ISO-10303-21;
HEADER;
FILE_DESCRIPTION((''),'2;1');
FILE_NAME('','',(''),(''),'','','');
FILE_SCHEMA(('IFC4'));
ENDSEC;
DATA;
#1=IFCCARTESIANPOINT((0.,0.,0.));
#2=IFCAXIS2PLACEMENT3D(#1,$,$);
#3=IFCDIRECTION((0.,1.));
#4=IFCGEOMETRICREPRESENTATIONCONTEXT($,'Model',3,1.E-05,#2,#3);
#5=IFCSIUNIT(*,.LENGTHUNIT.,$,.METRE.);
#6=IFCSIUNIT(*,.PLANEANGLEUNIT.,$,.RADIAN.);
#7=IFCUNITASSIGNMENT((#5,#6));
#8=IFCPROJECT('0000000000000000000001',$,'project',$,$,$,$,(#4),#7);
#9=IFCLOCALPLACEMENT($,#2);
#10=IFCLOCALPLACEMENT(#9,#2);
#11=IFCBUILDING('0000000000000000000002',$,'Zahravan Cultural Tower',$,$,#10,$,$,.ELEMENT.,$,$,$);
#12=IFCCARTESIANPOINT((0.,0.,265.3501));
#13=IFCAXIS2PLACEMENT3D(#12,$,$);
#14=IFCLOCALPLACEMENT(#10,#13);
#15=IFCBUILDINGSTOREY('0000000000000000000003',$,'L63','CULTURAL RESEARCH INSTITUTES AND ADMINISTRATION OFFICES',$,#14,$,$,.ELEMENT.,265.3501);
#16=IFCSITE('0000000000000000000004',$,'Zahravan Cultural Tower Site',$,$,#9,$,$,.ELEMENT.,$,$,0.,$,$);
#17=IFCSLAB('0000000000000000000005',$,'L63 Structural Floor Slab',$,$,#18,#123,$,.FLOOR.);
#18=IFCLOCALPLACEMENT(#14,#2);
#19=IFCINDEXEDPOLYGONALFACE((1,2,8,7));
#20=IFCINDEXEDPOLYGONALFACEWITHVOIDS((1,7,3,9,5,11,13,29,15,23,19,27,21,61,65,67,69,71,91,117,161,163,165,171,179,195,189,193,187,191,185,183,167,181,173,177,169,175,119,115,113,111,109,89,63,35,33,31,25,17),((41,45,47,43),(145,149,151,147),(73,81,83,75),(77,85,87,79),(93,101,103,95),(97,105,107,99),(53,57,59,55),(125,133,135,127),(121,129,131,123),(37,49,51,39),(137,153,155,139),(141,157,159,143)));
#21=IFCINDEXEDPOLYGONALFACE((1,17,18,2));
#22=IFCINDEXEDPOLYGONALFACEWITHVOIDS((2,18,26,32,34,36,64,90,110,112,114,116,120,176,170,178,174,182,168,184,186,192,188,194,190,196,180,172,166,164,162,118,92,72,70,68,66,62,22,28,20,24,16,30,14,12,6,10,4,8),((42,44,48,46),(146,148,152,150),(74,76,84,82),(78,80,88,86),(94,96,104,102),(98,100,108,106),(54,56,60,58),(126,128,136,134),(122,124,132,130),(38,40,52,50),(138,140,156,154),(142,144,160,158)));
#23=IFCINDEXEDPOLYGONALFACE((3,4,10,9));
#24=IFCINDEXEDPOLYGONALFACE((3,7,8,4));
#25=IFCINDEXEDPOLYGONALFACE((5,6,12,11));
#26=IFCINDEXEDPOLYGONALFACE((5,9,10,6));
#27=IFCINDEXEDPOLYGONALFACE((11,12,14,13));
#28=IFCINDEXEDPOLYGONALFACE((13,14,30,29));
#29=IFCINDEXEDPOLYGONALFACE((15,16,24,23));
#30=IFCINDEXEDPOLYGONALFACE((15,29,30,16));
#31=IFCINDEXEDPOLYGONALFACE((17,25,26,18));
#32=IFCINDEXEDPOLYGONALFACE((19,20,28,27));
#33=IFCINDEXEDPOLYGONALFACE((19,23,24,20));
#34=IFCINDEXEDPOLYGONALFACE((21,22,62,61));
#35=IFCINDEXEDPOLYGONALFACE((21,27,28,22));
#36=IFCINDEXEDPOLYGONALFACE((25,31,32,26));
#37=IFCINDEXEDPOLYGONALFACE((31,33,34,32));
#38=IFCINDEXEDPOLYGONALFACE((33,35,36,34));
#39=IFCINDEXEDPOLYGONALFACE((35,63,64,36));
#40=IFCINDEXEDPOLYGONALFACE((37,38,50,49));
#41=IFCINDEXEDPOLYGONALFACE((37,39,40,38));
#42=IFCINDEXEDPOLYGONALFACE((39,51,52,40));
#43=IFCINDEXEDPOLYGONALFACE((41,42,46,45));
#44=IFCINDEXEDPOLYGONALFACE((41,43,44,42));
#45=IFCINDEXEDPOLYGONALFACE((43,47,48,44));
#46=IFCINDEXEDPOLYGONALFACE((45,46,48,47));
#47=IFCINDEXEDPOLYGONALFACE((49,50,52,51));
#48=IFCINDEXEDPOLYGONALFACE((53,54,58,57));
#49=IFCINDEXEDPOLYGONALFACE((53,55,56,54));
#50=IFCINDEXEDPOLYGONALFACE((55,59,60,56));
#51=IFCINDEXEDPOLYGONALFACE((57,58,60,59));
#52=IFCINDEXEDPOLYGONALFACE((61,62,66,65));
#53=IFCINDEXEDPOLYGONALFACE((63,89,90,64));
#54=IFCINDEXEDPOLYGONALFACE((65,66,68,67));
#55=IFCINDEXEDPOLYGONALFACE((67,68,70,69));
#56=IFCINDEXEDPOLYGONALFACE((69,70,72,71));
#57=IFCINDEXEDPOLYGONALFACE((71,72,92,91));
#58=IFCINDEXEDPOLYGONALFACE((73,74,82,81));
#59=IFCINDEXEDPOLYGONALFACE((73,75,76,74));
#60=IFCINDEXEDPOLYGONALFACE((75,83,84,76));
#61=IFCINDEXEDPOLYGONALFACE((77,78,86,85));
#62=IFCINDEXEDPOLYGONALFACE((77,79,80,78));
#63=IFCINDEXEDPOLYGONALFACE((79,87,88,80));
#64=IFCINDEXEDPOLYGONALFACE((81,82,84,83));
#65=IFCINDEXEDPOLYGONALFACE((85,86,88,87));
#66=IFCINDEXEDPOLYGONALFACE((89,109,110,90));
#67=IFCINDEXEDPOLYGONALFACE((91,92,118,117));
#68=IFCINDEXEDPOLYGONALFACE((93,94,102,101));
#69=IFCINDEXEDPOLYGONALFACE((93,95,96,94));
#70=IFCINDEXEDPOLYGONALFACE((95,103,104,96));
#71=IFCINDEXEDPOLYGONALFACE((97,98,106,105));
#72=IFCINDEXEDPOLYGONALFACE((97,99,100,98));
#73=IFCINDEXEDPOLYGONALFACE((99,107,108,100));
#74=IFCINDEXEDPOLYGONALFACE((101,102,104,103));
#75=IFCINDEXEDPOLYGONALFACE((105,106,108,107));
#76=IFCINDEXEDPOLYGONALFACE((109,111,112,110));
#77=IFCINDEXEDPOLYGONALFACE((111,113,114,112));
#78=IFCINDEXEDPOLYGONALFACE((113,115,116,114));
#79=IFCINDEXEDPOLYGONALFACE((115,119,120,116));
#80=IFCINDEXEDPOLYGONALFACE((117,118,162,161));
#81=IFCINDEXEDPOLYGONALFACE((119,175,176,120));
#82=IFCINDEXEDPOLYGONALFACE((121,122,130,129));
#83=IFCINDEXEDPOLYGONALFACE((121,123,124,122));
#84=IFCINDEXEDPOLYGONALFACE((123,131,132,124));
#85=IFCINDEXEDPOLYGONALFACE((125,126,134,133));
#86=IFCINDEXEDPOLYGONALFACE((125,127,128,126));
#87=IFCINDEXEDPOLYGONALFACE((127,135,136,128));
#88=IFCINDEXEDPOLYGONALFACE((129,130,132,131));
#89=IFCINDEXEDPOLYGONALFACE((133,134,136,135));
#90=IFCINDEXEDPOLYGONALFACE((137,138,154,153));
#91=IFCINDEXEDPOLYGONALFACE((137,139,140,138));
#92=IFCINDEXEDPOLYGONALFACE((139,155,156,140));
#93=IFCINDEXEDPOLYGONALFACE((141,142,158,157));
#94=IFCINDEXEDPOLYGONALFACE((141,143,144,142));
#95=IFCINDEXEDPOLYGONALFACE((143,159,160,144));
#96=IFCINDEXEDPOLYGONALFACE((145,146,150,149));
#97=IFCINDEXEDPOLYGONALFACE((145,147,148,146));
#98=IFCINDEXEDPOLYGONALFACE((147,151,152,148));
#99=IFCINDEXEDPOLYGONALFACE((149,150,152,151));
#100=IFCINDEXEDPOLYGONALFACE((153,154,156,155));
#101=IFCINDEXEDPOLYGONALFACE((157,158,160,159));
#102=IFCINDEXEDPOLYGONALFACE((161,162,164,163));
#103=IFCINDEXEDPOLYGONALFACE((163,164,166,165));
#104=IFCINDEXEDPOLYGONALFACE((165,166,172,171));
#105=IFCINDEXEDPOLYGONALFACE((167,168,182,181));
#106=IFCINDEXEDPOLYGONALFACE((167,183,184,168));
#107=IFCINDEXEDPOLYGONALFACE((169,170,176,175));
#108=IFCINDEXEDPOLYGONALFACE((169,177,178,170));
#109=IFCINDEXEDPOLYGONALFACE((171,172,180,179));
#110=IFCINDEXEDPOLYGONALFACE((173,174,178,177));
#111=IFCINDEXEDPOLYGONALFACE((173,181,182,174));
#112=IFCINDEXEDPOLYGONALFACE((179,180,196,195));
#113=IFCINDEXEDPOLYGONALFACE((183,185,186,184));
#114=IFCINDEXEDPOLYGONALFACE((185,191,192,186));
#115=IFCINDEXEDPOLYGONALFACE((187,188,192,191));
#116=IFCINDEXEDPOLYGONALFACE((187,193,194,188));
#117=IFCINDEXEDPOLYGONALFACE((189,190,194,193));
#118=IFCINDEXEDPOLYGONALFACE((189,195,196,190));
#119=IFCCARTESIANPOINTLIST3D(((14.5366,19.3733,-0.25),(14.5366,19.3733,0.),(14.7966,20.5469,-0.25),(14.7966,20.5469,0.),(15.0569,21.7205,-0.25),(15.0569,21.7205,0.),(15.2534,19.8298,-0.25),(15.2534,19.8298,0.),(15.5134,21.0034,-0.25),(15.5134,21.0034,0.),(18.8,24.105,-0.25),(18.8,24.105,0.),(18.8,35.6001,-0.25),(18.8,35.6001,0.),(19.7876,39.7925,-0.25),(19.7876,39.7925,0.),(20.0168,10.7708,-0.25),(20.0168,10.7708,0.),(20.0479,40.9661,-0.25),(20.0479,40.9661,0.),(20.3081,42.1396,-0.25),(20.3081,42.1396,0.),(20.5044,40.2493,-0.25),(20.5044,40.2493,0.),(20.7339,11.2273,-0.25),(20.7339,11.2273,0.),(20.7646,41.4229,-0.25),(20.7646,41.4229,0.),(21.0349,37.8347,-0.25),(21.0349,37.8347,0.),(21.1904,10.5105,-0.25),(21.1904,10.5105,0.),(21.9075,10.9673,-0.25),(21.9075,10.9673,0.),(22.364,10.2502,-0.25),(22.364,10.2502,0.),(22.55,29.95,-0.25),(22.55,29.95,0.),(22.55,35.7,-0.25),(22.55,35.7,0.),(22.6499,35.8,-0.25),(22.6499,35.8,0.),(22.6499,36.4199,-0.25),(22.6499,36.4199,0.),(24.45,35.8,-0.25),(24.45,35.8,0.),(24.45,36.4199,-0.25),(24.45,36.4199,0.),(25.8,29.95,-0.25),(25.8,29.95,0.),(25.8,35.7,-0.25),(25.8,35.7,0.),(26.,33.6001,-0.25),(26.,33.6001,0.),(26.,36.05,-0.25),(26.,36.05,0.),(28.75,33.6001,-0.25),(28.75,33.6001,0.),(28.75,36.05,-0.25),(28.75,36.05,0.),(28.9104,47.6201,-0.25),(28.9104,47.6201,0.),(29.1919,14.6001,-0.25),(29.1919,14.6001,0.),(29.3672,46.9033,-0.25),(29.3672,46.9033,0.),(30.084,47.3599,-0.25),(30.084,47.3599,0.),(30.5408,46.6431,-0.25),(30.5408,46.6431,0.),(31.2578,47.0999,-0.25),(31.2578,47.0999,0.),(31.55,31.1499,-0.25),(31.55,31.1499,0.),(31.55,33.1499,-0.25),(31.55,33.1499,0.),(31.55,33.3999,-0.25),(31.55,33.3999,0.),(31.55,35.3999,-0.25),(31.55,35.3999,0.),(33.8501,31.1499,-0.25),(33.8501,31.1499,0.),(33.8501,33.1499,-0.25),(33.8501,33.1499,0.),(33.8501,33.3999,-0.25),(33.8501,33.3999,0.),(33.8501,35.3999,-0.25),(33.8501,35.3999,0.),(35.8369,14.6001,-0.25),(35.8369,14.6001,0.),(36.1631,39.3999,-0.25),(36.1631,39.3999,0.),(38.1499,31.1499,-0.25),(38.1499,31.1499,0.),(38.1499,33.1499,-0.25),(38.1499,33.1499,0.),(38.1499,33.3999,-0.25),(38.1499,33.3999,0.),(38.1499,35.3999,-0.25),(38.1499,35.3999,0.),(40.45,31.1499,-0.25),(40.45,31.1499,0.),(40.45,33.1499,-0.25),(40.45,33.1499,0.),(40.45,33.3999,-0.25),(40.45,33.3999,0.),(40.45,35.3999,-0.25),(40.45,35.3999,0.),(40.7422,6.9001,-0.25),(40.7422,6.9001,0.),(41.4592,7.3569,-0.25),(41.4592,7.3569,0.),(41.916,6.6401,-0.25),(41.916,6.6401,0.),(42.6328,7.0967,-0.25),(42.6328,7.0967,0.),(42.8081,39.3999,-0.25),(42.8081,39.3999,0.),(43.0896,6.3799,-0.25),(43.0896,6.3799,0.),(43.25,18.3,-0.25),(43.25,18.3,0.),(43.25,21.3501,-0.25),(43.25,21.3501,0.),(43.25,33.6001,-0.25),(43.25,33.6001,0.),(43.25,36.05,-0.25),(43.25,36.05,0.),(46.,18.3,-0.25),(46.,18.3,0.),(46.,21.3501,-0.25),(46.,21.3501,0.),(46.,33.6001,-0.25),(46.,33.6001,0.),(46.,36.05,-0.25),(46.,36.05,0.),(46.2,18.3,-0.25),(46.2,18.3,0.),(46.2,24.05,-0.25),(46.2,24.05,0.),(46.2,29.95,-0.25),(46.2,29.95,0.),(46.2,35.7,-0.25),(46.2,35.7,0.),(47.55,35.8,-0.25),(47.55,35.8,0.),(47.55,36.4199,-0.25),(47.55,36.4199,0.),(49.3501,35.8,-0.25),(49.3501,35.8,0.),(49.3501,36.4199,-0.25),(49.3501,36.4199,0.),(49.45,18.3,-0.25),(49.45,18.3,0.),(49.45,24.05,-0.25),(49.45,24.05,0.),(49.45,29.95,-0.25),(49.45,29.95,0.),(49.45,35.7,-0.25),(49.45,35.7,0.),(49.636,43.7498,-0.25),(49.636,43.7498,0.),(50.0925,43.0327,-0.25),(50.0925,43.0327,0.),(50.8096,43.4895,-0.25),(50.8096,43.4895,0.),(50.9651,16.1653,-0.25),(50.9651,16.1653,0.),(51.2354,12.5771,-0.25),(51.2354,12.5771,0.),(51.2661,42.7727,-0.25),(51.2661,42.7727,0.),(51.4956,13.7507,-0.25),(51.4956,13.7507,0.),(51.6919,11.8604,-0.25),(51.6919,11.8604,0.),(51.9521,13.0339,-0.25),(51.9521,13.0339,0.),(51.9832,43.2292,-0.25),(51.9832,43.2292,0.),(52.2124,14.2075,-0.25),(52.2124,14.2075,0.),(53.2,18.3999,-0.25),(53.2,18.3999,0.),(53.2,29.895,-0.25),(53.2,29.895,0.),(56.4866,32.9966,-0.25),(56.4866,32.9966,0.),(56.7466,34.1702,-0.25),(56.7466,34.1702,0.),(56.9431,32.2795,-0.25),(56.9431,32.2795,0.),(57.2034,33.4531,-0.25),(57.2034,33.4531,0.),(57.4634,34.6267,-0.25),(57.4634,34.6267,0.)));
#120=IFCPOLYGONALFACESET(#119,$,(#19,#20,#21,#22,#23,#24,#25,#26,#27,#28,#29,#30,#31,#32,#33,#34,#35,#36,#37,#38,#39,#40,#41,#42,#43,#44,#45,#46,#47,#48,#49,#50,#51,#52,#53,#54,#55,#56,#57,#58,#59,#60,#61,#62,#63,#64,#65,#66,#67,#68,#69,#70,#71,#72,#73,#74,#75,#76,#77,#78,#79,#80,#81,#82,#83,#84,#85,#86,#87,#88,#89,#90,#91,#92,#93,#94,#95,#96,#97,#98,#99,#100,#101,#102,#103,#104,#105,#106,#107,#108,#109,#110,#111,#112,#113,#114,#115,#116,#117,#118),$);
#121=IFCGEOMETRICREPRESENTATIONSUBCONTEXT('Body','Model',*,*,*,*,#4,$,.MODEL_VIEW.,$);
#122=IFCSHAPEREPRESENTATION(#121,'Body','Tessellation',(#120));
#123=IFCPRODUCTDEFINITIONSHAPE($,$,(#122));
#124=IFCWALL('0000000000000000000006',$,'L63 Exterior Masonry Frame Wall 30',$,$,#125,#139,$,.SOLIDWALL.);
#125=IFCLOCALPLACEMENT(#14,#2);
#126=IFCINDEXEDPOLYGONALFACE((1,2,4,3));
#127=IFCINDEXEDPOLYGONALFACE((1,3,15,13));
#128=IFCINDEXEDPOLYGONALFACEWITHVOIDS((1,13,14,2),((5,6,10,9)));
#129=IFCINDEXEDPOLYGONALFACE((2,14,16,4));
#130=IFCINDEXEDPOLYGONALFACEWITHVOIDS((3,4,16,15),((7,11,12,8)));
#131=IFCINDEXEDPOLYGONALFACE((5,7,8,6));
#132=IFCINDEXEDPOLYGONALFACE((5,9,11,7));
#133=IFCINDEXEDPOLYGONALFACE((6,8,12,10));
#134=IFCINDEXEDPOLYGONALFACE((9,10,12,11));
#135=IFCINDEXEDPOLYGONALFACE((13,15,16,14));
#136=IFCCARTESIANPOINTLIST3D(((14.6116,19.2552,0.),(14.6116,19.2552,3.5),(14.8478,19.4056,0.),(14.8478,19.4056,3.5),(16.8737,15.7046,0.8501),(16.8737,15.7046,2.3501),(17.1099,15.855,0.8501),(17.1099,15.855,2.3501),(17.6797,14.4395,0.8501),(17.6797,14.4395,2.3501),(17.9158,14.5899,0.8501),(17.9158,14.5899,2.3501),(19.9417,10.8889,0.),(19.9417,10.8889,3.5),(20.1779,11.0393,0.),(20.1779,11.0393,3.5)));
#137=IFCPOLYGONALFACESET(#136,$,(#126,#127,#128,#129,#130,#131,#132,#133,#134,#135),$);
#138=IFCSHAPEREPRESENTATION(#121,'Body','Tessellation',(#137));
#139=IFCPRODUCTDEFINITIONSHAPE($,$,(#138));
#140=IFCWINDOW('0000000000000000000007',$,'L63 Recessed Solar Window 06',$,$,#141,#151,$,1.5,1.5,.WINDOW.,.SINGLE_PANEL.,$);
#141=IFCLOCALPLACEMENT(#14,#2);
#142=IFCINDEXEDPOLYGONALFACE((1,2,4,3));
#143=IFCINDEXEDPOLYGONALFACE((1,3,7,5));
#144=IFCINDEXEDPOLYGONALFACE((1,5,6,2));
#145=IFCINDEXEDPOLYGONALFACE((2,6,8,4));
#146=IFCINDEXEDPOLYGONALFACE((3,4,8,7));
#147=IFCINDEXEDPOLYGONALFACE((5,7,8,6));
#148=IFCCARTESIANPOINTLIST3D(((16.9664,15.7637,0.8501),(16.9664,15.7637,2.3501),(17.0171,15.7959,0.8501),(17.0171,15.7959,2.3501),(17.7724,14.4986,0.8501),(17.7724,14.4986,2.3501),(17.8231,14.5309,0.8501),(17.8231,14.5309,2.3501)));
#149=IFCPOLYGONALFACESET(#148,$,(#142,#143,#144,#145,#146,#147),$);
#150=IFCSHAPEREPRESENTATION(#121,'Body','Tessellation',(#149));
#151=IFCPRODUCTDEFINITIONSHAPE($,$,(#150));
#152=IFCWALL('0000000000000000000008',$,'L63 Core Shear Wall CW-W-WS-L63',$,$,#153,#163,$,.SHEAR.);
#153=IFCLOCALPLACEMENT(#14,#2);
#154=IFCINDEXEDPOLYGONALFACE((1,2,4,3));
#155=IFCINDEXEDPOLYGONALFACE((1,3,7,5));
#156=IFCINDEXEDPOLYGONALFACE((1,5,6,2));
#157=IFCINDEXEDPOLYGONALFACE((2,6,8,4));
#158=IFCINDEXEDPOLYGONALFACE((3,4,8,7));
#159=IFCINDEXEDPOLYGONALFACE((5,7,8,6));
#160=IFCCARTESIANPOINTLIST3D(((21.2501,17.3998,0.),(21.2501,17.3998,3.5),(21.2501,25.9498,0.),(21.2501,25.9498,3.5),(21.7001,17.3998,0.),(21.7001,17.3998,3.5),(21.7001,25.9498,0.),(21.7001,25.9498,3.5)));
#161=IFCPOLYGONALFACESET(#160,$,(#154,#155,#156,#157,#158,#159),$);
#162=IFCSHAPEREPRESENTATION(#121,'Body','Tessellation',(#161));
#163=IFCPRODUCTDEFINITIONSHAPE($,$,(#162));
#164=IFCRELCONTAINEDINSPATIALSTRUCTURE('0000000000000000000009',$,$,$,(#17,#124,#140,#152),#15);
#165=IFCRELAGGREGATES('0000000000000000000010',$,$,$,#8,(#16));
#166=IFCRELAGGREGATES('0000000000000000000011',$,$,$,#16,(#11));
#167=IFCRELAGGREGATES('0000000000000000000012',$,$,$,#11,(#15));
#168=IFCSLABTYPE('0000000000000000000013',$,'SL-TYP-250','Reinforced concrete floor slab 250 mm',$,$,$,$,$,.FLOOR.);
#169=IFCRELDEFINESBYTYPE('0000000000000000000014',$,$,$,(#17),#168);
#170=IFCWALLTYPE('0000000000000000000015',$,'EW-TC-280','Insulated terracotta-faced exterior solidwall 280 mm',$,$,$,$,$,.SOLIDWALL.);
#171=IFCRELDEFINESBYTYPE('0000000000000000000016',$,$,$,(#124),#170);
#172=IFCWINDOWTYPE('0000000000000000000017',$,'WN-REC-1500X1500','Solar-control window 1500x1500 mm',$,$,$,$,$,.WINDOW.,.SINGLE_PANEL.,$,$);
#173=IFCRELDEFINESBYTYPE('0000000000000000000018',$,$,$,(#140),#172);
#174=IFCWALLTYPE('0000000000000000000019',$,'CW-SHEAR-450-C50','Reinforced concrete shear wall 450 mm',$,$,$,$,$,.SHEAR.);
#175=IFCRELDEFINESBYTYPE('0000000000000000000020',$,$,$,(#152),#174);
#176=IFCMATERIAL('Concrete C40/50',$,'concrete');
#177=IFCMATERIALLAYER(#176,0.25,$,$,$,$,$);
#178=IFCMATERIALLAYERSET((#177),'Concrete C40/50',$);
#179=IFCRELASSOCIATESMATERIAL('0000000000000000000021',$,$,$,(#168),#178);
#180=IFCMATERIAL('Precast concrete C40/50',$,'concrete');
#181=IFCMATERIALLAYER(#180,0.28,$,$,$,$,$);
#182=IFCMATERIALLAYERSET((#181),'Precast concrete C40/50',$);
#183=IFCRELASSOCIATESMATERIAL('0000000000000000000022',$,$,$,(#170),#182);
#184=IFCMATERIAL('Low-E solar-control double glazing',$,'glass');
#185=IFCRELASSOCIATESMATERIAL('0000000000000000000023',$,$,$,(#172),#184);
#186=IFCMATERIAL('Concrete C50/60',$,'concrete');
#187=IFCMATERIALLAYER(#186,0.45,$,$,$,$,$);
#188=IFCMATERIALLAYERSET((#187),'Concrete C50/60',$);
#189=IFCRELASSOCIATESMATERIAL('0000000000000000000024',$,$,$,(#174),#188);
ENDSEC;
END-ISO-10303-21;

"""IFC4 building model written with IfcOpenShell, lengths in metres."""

from ifc_helpers import new_model, si_unit, direction, frame, frame_2d, origin, place, context, subcontext, project, spatial, polyline, rectangle, outline, extrude, source, transform, mapped, material, layer, layer_set, type_object, element, fill, save


model = new_model("IFC4")

# Units and contexts
model_context = context("Model", 3, precision=1e-05, world=origin(), true_north=direction((0.0, 1.0)))
body_context = subcontext(model_context, "Body", "Model", "MODEL_VIEW")
ifc_project = project(units=[si_unit("LENGTHUNIT", "METRE"), si_unit("PLANEANGLEUNIT", "RADIAN")], contexts=[model_context])

# Site, building, storey
site_placement = place(None, origin())
site = spatial("IfcSite", under=ifc_project, at=site_placement, Name="Zahravan Cultural Tower Site", CompositionType="ELEMENT", RefElevation=0.0)
building_placement = place(site_placement, origin())
building = spatial("IfcBuilding", under=site, at=building_placement, Name="Zahravan Cultural Tower", CompositionType="ELEMENT")
storey_placement = place(building_placement, frame((0.0, 0.0, 265.3501)))
storey = spatial("IfcBuildingStorey", under=building, at=storey_placement, Name="L63", Description="CULTURAL RESEARCH INSTITUTES AND ADMINISTRATION OFFICES", CompositionType="ELEMENT", Elevation=265.3501)

# Shared definitions
ifc_material_1 = material(Name="Concrete C50/60", Category="concrete")

# Slab
ifc_material_2 = material(Name="Concrete C40/50", Category="concrete")
ifc_layer_1 = layer(ifc_material_2, 0.25)
ifc_layer_set_1 = layer_set([ifc_layer_1], Name="Concrete C40/50")
slab_type_1 = type_object("IfcSlabType", Name="SL-TYP-250", Description="Reinforced concrete floor slab 250 mm", PredefinedType="FLOOR", material=ifc_layer_set_1)
slab_1_placement = place(storey_placement, frame((0.0, 0.0, -0.25)))
element("IfcSlab", 1, at=slab_1_placement, inside=storey, type_object=slab_type_1, Name="L63 Structural Floor Slab", PredefinedType="FLOOR", context=body_context, shape_type="SweptSolid", body=[
    extrude(outline(polyline([(42.8081, 39.3999), (36.1631, 39.3999), (31.2578, 47.0999), (30.5408, 46.6431), (30.084, 47.3599), (29.3672, 46.9033), (28.9104, 47.6201), (20.3081, 42.1396), (20.7646, 41.4229), (20.0479, 40.9661), (20.5044, 40.2493), (19.7876, 39.7925), (21.0349, 37.8347), (18.8, 35.6001), (18.8, 24.105), (15.0569, 21.7205), (15.5134, 21.0034), (14.7966, 20.5469), (15.2534, 19.8298), (14.5366, 19.3733), (20.0168, 10.7708), (20.7339, 11.2273), (21.1904, 10.5105), (21.9075, 10.9673), (22.364, 10.2502), (29.1919, 14.6001), (35.8369, 14.6001), (40.7422, 6.9001), (41.4592, 7.3569), (41.916, 6.6401), (42.6328, 7.0967), (43.0896, 6.3799), (51.6919, 11.8604), (51.2354, 12.5771), (51.9521, 13.0339), (51.4956, 13.7507), (52.2124, 14.2075), (50.9651, 16.1653), (53.2, 18.3999), (53.2, 29.895), (56.9431, 32.2795), (56.4866, 32.9966), (57.2034, 33.4531), (56.7466, 34.1702), (57.4634, 34.6267), (51.9832, 43.2292), (51.2661, 42.7727), (50.8096, 43.4895), (50.0925, 43.0327), (49.636, 43.7498), (42.8081, 39.3999)]), holes=[polyline([(22.55, 29.95), (22.55, 35.7), (25.8, 35.7), (25.8, 29.95), (22.55, 29.95)]), polyline([(46.2, 29.95), (46.2, 35.7), (49.45, 35.7), (49.45, 29.95), (46.2, 29.95)]), polyline([(46.2, 18.3), (46.2, 24.05), (49.45, 24.05), (49.45, 18.3), (46.2, 18.3)]), polyline([(26.0, 33.6001), (26.0, 36.05), (28.75, 36.05), (28.75, 33.6001), (26.0, 33.6001)]), polyline([(43.25, 33.6001), (43.25, 36.05), (46.0, 36.05), (46.0, 33.6001), (43.25, 33.6001)]), polyline([(43.25, 18.3), (43.25, 21.3501), (46.0, 21.3501), (46.0, 18.3), (43.25, 18.3)]), polyline([(31.55, 33.3999), (31.55, 35.3999), (33.8501, 35.3999), (33.8501, 33.3999), (31.55, 33.3999)]), polyline([(31.55, 31.1499), (31.55, 33.1499), (33.8501, 33.1499), (33.8501, 31.1499), (31.55, 31.1499)]), polyline([(38.1499, 33.3999), (38.1499, 35.3999), (40.45, 35.3999), (40.45, 33.3999), (38.1499, 33.3999)]), polyline([(38.1499, 31.1499), (38.1499, 33.1499), (40.45, 33.1499), (40.45, 31.1499), (38.1499, 31.1499)]), polyline([(22.6499, 35.8), (22.6499, 36.4199), (24.45, 36.4199), (24.45, 35.8), (22.6499, 35.8)]), polyline([(47.55, 35.8), (47.55, 36.4199), (49.3501, 36.4199), (49.3501, 35.8), (47.55, 35.8)])]), origin(), (0.0, 0.0, 1.0), 0.25),
])

# Wall, opening, window
ifc_material_3 = material(Name="Precast concrete C40/50", Category="concrete")
ifc_layer_2 = layer(ifc_material_3, 0.28)
ifc_layer_set_2 = layer_set([ifc_layer_2], Name="Precast concrete C40/50")
wall_type_1 = type_object("IfcWallType", Name="EW-TC-280", Description="Insulated terracotta-faced exterior solidwall 280 mm", PredefinedType="SOLIDWALL", material=ifc_layer_set_2)
wall_1_placement = place(storey_placement, frame((20.0598, 10.9641, 0.0), z_axis=(0.0, 0.0, 1.0), x_axis=(-0.537315, 0.843382, 0.0)))
wall_1 = element("IfcWall", 2, at=wall_1_placement, inside=storey, type_object=wall_type_1, Name="L63 Exterior Masonry Frame Wall 30", PredefinedType="SOLIDWALL", context=body_context, shape_type="SweptSolid", body=[
    extrude(rectangle(XDim=9.9199, YDim=0.28, at=frame_2d((4.96, 0.0))), origin(), (0.0, 0.0, 1.0), 3.5),
])
opening_placement = place(wall_1_placement, frame((4.21, 0.0, 0.8501)))
opening = element("IfcOpeningElement", 3, at=opening_placement, cuts=wall_1, PredefinedType="OPENING", context=body_context, shape_type="SweptSolid", body=[
    extrude(rectangle(XDim=1.5, YDim=1.5, at=frame_2d((0.75, 0.75))), frame((0.0, 0.1499, 0.0), z_axis=(0.0, -1.0, 0.0), x_axis=(1.0, 0.0, 0.0)), (0.0, 0.0, 1.0), 0.3),
])
ifc_material_4 = material(Name="Low-E solar-control double glazing", Category="glass")
window_type = type_object("IfcWindowType", Name="WN-REC-1500X1500", Description="Solar-control window 1500x1500 mm", PartitioningType="SINGLE_PANEL", PredefinedType="WINDOW", material=ifc_material_4)
shared_shape_1 = source(origin(), body_context, "Body", "SweptSolid", [
    extrude(rectangle(XDim=1.5, YDim=1.5, at=frame_2d((0.75, 0.75))), frame((0.0, 0.03, 0.0), z_axis=(0.0, -1.0, 0.0), x_axis=(1.0, 0.0, 0.0)), (0.0, 0.0, 1.0), 0.0601),
])
window_placement = place(opening_placement, origin())
window = element("IfcWindow", 4, at=window_placement, inside=storey, type_object=window_type, Name="L63 Recessed Solar Window 06", OverallHeight=1.5, OverallWidth=1.5, PartitioningType="SINGLE_PANEL", PredefinedType="WINDOW", context=body_context, shape_type="MappedRepresentation", body=[
    mapped(shared_shape_1, transform((0.0, 0.0, 0.0), x_axis=(1.0, 0.0, 0.0), y_axis=(0.0, 1.0, 0.0), z_axis=(0.0, 0.0, 1.0), scale=1.0)),
])
fill(opening, window)

# Wall
ifc_layer_3 = layer(ifc_material_1, 0.45)
ifc_layer_set_3 = layer_set([ifc_layer_3], Name="Concrete C50/60")
wall_type_2 = type_object("IfcWallType", Name="CW-SHEAR-450-C50", Description="Reinforced concrete shear wall 450 mm", PredefinedType="SHEAR", material=ifc_layer_set_3)
shared_shape_2 = source(origin(), body_context, "Body", "SweptSolid", [
    extrude(rectangle(XDim=8.55, YDim=0.45, at=frame_2d((4.2749, 0.0))), origin(), (0.0, 0.0, 1.0), 3.5),
])
wall_2_placement = place(storey_placement, frame((21.4751, 17.3999, 0.0), z_axis=(0.0, 0.0, 1.0), x_axis=(0.0, 1.0, 0.0)))
element("IfcWall", 5, at=wall_2_placement, inside=storey, type_object=wall_type_2, Name="L63 Core Shear Wall CW-W-WS-L63", PredefinedType="SHEAR", context=body_context, shape_type="MappedRepresentation", body=[
    mapped(shared_shape_2, transform((0.0, 0.0, 0.0), x_axis=(1.0, 0.0, 0.0), y_axis=(0.0, 1.0, 0.0), z_axis=(0.0, 0.0, 1.0), scale=1.0)),
])

save(model, "model.ifc")
